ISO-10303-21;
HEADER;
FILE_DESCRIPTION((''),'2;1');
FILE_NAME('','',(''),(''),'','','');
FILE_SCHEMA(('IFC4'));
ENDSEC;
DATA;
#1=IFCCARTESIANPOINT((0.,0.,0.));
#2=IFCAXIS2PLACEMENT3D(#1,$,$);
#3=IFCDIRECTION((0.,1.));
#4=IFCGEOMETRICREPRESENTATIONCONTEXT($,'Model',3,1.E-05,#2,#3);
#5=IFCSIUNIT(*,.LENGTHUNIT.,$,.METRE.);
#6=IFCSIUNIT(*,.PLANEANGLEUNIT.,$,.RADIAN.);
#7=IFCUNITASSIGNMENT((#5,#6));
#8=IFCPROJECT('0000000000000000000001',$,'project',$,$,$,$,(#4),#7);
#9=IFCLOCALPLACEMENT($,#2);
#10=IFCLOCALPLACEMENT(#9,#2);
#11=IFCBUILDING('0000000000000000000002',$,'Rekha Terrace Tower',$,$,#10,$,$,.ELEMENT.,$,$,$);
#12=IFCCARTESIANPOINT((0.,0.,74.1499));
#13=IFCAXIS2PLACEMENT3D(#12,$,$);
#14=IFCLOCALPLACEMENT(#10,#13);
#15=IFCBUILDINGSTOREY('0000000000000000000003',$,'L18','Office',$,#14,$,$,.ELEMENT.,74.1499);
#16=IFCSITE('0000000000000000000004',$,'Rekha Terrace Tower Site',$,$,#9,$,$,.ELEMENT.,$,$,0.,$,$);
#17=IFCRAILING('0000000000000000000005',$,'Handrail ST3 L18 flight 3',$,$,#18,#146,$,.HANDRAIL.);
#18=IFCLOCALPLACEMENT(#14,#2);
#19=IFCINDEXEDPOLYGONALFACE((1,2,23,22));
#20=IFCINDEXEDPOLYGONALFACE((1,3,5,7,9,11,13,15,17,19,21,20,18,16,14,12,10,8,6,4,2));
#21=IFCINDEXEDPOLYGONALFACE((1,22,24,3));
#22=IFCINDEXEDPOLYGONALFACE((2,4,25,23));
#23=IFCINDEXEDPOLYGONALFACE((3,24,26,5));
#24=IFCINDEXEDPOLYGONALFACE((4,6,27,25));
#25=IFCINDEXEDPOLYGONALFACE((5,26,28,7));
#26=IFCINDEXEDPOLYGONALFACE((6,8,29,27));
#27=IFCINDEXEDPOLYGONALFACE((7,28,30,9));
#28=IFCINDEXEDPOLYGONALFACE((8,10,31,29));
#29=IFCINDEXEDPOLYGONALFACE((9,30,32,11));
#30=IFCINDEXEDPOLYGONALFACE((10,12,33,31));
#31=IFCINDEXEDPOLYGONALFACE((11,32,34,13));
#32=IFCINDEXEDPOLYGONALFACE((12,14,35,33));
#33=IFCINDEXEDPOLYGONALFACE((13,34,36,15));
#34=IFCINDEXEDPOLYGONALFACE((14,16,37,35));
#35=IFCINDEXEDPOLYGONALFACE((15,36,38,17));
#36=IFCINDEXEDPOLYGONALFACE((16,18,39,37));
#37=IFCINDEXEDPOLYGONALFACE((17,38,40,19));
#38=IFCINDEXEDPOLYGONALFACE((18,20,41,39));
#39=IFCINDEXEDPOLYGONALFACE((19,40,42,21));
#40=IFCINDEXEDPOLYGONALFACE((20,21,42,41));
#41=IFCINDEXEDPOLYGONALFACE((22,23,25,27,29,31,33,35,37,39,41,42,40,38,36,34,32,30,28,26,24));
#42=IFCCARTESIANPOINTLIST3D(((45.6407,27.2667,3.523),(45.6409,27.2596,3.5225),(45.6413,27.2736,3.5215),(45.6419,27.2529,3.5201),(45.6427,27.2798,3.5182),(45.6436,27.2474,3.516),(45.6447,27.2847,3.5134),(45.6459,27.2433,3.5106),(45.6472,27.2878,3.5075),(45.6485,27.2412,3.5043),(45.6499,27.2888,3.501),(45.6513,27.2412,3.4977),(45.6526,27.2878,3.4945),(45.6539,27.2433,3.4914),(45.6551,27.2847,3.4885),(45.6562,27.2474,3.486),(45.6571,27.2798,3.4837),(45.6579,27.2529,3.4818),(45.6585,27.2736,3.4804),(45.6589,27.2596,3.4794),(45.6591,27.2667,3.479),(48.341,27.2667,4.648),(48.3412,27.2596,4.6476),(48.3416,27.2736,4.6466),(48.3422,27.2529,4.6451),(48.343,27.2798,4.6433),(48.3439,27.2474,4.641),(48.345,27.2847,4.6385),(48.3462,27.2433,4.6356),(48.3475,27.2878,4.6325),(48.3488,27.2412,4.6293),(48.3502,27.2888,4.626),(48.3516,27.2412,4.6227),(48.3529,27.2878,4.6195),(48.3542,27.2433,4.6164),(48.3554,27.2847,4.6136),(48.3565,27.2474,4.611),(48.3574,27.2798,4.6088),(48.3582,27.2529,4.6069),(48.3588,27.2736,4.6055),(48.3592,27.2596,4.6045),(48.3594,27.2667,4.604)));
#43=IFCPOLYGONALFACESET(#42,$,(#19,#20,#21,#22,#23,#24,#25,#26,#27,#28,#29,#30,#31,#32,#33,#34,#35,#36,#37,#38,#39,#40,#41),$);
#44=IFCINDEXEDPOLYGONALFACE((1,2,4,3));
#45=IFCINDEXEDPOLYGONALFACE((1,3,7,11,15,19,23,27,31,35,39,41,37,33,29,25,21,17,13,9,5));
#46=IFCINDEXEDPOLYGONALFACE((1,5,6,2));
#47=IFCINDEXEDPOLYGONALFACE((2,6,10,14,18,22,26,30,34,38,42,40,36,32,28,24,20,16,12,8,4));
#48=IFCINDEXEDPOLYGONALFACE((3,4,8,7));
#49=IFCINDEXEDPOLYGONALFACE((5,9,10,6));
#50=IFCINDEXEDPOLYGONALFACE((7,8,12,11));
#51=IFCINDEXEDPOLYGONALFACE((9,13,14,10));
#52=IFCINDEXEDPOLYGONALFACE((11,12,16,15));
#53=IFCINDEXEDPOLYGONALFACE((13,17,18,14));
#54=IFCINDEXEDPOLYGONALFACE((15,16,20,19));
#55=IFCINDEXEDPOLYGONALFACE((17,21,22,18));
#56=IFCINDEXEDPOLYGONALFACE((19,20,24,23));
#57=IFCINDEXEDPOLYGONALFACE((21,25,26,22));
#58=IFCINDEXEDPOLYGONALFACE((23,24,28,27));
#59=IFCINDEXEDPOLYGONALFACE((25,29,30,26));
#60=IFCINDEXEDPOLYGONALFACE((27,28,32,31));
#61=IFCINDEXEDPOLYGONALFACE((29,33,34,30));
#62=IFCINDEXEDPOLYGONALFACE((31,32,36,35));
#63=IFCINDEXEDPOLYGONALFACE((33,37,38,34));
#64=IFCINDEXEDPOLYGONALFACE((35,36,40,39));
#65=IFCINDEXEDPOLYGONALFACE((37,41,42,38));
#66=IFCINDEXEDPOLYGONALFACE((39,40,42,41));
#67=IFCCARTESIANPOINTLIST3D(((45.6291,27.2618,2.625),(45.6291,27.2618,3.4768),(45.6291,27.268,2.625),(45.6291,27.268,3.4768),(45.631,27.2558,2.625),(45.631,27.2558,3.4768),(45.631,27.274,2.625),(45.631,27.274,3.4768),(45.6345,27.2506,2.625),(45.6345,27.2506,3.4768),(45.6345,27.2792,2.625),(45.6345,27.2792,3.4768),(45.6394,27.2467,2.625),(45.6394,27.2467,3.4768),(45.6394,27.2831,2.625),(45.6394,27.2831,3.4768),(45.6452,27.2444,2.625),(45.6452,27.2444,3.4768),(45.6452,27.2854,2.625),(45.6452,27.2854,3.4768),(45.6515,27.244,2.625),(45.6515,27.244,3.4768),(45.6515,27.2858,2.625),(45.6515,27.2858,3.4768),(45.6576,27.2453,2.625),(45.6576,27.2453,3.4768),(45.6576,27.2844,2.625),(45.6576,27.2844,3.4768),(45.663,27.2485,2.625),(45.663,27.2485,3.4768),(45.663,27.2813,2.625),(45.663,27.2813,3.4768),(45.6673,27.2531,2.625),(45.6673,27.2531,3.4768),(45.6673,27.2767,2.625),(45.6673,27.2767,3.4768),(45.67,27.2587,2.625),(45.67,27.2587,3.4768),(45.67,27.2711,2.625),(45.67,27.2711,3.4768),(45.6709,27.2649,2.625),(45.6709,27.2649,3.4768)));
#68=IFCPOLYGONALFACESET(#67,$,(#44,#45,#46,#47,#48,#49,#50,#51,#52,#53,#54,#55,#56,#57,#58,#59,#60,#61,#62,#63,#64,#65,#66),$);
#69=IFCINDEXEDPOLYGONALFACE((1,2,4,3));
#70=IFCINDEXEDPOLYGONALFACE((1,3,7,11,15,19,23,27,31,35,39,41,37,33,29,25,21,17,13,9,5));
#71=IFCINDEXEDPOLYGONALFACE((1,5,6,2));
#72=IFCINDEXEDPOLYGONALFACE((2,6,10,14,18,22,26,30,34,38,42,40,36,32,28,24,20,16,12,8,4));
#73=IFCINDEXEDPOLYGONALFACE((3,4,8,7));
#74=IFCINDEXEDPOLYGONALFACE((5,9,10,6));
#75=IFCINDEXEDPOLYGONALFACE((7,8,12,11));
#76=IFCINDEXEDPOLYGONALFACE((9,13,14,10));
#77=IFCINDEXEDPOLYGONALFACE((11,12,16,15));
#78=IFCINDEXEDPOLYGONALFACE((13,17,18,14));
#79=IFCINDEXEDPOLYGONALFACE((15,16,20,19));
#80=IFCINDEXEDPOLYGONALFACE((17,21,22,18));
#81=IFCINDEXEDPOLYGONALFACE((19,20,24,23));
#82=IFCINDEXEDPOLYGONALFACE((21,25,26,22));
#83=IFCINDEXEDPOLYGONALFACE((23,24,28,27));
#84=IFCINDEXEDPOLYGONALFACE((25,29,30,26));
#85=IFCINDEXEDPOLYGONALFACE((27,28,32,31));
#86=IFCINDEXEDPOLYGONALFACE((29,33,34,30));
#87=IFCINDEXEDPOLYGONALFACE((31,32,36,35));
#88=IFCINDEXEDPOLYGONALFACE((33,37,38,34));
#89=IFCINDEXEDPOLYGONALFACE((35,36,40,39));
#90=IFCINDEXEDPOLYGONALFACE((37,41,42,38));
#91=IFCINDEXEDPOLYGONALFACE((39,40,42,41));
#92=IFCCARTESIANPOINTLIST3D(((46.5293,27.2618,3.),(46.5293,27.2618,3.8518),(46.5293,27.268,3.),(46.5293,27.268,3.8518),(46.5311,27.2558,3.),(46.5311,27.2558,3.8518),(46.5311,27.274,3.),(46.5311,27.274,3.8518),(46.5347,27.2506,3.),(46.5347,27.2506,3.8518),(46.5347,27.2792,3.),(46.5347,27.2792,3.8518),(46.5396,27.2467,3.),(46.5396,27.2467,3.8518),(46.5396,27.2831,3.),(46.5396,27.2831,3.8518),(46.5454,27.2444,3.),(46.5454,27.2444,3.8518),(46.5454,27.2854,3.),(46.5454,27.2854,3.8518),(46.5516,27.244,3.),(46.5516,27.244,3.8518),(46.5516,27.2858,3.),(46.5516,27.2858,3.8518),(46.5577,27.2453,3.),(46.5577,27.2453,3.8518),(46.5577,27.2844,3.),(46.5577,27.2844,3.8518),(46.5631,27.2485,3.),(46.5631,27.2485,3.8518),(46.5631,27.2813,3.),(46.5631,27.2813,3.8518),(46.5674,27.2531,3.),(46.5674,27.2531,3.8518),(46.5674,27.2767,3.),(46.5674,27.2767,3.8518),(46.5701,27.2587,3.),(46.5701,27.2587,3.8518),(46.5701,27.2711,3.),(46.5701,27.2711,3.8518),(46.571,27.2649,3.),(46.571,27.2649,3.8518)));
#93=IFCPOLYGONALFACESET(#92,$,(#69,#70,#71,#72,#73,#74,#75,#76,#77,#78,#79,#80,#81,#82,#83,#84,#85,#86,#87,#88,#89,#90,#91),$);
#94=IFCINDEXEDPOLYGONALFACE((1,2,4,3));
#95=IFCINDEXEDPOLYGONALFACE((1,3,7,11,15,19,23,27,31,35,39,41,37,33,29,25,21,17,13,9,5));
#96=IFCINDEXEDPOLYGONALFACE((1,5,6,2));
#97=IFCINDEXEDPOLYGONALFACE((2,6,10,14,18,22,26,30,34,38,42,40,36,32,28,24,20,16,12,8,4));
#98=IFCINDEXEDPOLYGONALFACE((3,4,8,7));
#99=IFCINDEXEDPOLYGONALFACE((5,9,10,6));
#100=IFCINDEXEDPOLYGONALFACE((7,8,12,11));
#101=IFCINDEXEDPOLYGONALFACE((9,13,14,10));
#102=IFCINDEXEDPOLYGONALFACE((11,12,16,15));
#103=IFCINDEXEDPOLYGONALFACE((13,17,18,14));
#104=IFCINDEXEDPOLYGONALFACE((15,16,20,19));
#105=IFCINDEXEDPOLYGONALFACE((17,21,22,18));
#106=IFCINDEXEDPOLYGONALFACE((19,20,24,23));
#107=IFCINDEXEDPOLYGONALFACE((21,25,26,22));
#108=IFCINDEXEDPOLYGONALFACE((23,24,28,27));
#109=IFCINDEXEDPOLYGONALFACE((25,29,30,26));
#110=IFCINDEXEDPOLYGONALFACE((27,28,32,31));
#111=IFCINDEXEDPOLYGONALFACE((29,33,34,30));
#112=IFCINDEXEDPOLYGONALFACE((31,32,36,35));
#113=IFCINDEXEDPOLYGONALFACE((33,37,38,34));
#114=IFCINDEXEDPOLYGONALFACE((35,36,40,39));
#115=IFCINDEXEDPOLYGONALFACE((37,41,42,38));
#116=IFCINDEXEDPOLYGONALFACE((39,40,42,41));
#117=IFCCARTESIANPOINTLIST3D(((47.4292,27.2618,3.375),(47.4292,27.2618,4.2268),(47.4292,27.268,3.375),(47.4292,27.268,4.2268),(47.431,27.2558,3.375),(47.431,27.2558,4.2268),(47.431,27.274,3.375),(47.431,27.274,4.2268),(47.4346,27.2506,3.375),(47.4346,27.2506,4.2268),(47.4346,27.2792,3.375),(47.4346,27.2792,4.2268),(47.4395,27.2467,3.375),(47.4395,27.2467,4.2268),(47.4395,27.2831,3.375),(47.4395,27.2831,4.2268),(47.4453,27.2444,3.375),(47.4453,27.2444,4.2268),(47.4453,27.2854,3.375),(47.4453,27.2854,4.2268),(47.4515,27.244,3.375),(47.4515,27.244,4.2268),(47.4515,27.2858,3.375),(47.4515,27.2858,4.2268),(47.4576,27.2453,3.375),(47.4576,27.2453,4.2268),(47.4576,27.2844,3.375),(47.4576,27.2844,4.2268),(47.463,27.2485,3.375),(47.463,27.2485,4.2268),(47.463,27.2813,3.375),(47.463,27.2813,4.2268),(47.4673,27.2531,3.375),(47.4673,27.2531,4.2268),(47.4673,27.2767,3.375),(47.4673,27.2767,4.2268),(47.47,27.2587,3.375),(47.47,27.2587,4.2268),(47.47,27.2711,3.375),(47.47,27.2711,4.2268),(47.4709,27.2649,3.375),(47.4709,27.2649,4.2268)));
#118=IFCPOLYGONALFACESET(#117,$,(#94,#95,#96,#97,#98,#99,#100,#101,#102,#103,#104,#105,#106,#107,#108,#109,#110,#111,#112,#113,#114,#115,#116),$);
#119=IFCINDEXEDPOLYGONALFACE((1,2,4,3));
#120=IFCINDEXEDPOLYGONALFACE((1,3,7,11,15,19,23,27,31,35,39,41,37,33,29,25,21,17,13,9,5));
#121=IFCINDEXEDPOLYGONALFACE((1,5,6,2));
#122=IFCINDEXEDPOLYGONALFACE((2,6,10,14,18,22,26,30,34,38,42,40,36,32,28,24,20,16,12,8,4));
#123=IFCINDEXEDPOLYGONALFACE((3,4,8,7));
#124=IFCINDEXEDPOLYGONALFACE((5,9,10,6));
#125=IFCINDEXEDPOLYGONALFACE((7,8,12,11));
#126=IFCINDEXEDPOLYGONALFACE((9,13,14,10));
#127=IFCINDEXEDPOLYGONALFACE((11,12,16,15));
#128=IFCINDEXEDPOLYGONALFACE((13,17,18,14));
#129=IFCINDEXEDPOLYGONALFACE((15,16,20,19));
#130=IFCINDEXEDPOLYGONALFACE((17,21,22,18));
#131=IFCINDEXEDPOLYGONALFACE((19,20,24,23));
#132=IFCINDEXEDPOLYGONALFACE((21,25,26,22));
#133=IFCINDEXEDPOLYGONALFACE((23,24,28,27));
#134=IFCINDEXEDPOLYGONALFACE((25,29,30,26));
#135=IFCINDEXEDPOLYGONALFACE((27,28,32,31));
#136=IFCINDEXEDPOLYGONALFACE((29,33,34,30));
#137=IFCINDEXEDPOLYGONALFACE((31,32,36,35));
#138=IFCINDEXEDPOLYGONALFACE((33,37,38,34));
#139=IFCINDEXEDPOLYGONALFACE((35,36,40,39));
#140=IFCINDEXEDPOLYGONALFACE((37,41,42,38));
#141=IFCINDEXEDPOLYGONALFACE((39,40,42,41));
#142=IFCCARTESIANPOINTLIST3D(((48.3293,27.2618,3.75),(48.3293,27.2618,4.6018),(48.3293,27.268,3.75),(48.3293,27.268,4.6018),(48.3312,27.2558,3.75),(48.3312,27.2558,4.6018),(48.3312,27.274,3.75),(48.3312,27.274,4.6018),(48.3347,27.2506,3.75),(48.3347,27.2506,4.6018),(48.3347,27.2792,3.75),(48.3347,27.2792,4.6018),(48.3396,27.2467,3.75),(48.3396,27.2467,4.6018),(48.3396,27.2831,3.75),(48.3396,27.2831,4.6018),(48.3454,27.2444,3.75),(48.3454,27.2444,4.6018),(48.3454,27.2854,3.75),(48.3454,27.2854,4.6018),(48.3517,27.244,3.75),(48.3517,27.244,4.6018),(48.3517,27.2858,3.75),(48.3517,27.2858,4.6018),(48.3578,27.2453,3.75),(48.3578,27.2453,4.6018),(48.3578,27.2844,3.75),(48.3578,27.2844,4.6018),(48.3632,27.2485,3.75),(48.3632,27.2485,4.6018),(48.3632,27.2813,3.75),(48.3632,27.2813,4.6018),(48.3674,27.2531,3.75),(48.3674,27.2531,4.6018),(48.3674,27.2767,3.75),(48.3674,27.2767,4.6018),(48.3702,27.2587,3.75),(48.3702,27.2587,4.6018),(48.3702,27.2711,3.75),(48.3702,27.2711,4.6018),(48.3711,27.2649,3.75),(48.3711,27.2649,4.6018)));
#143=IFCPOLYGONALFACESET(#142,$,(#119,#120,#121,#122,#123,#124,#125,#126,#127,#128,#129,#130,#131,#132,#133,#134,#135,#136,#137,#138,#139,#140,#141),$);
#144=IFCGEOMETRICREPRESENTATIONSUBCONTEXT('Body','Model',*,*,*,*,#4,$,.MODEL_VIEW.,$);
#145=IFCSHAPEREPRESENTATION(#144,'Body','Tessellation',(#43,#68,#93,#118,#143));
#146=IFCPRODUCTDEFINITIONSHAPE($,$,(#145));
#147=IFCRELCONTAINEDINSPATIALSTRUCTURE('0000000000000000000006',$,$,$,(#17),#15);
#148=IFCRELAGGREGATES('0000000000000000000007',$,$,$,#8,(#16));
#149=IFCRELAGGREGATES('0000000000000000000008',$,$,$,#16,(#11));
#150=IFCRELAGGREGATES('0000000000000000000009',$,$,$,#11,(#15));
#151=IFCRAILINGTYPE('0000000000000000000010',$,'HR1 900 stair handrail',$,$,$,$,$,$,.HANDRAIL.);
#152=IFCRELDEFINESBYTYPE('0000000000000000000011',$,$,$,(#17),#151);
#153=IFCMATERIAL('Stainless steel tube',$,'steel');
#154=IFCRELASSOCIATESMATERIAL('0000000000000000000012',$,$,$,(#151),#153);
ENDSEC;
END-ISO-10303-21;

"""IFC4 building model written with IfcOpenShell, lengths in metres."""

from ifc_helpers import new_model, si_unit, direction, frame, origin, origin_2d, place, context, subcontext, project, spatial, circle, extrude, material, type_object, element, save


model = new_model("IFC4")

# Units and contexts
model_context = context("Model", 3, precision=1e-05, world=origin(), true_north=direction((0.0, 1.0)))
body_context = subcontext(model_context, "Body", "Model", "MODEL_VIEW")
ifc_project = project(units=[si_unit("LENGTHUNIT", "METRE"), si_unit("PLANEANGLEUNIT", "RADIAN")], contexts=[model_context])

# Site, building, storey
site_placement = place(None, origin())
site = spatial("IfcSite", under=ifc_project, at=site_placement, Name="Rekha Terrace Tower Site", CompositionType="ELEMENT", RefElevation=0.0)
building_placement = place(site_placement, origin())
building = spatial("IfcBuilding", under=site, at=building_placement, Name="Rekha Terrace Tower", CompositionType="ELEMENT")
storey_placement = place(building_placement, frame((0.0, 0.0, 74.1499)))
storey = spatial("IfcBuildingStorey", under=building, at=storey_placement, Name="L18", Description="Office", CompositionType="ELEMENT", Elevation=74.1499)

# Railing
ifc_material_1 = material(Name="Stainless steel tube", Category="steel")
railing_type_1 = type_object("IfcRailingType", Name="HR1 900 stair handrail", PredefinedType="HANDRAIL", material=ifc_material_1)
railing_1_placement = place(storey_placement, frame((45.6499, 27.2649, 2.625)))
element("IfcRailing", 1, at=railing_1_placement, inside=storey, type_object=railing_type_1, Name="Handrail ST3 L18 flight 3", PredefinedType="HANDRAIL", context=body_context, shape_type="SweptSolid", body=[
    extrude(circle(Radius=0.0239, at=origin_2d()), frame((0.0, 0.0, 0.876), z_axis=(0.923087, 0.0, 0.384592), x_axis=(0.0, 1.0, 0.0)), (0.0, 0.0, 1.0), 2.9253),
    extrude(circle(Radius=0.021, at=origin_2d()), origin(), (0.0, 0.0, 1.0), 0.8518),
    extrude(circle(Radius=0.021, at=origin_2d()), frame((0.9001, 0.0, 0.375)), (0.0, 0.0, 1.0), 0.8518),
    extrude(circle(Radius=0.021, at=origin_2d()), frame((1.8, 0.0, 0.75)), (0.0, 0.0, 1.0), 0.8518),
    extrude(circle(Radius=0.021, at=origin_2d()), frame((2.7002, 0.0, 1.125)), (0.0, 0.0, 1.0), 0.8518),
])

save(model, "model.ifc")
